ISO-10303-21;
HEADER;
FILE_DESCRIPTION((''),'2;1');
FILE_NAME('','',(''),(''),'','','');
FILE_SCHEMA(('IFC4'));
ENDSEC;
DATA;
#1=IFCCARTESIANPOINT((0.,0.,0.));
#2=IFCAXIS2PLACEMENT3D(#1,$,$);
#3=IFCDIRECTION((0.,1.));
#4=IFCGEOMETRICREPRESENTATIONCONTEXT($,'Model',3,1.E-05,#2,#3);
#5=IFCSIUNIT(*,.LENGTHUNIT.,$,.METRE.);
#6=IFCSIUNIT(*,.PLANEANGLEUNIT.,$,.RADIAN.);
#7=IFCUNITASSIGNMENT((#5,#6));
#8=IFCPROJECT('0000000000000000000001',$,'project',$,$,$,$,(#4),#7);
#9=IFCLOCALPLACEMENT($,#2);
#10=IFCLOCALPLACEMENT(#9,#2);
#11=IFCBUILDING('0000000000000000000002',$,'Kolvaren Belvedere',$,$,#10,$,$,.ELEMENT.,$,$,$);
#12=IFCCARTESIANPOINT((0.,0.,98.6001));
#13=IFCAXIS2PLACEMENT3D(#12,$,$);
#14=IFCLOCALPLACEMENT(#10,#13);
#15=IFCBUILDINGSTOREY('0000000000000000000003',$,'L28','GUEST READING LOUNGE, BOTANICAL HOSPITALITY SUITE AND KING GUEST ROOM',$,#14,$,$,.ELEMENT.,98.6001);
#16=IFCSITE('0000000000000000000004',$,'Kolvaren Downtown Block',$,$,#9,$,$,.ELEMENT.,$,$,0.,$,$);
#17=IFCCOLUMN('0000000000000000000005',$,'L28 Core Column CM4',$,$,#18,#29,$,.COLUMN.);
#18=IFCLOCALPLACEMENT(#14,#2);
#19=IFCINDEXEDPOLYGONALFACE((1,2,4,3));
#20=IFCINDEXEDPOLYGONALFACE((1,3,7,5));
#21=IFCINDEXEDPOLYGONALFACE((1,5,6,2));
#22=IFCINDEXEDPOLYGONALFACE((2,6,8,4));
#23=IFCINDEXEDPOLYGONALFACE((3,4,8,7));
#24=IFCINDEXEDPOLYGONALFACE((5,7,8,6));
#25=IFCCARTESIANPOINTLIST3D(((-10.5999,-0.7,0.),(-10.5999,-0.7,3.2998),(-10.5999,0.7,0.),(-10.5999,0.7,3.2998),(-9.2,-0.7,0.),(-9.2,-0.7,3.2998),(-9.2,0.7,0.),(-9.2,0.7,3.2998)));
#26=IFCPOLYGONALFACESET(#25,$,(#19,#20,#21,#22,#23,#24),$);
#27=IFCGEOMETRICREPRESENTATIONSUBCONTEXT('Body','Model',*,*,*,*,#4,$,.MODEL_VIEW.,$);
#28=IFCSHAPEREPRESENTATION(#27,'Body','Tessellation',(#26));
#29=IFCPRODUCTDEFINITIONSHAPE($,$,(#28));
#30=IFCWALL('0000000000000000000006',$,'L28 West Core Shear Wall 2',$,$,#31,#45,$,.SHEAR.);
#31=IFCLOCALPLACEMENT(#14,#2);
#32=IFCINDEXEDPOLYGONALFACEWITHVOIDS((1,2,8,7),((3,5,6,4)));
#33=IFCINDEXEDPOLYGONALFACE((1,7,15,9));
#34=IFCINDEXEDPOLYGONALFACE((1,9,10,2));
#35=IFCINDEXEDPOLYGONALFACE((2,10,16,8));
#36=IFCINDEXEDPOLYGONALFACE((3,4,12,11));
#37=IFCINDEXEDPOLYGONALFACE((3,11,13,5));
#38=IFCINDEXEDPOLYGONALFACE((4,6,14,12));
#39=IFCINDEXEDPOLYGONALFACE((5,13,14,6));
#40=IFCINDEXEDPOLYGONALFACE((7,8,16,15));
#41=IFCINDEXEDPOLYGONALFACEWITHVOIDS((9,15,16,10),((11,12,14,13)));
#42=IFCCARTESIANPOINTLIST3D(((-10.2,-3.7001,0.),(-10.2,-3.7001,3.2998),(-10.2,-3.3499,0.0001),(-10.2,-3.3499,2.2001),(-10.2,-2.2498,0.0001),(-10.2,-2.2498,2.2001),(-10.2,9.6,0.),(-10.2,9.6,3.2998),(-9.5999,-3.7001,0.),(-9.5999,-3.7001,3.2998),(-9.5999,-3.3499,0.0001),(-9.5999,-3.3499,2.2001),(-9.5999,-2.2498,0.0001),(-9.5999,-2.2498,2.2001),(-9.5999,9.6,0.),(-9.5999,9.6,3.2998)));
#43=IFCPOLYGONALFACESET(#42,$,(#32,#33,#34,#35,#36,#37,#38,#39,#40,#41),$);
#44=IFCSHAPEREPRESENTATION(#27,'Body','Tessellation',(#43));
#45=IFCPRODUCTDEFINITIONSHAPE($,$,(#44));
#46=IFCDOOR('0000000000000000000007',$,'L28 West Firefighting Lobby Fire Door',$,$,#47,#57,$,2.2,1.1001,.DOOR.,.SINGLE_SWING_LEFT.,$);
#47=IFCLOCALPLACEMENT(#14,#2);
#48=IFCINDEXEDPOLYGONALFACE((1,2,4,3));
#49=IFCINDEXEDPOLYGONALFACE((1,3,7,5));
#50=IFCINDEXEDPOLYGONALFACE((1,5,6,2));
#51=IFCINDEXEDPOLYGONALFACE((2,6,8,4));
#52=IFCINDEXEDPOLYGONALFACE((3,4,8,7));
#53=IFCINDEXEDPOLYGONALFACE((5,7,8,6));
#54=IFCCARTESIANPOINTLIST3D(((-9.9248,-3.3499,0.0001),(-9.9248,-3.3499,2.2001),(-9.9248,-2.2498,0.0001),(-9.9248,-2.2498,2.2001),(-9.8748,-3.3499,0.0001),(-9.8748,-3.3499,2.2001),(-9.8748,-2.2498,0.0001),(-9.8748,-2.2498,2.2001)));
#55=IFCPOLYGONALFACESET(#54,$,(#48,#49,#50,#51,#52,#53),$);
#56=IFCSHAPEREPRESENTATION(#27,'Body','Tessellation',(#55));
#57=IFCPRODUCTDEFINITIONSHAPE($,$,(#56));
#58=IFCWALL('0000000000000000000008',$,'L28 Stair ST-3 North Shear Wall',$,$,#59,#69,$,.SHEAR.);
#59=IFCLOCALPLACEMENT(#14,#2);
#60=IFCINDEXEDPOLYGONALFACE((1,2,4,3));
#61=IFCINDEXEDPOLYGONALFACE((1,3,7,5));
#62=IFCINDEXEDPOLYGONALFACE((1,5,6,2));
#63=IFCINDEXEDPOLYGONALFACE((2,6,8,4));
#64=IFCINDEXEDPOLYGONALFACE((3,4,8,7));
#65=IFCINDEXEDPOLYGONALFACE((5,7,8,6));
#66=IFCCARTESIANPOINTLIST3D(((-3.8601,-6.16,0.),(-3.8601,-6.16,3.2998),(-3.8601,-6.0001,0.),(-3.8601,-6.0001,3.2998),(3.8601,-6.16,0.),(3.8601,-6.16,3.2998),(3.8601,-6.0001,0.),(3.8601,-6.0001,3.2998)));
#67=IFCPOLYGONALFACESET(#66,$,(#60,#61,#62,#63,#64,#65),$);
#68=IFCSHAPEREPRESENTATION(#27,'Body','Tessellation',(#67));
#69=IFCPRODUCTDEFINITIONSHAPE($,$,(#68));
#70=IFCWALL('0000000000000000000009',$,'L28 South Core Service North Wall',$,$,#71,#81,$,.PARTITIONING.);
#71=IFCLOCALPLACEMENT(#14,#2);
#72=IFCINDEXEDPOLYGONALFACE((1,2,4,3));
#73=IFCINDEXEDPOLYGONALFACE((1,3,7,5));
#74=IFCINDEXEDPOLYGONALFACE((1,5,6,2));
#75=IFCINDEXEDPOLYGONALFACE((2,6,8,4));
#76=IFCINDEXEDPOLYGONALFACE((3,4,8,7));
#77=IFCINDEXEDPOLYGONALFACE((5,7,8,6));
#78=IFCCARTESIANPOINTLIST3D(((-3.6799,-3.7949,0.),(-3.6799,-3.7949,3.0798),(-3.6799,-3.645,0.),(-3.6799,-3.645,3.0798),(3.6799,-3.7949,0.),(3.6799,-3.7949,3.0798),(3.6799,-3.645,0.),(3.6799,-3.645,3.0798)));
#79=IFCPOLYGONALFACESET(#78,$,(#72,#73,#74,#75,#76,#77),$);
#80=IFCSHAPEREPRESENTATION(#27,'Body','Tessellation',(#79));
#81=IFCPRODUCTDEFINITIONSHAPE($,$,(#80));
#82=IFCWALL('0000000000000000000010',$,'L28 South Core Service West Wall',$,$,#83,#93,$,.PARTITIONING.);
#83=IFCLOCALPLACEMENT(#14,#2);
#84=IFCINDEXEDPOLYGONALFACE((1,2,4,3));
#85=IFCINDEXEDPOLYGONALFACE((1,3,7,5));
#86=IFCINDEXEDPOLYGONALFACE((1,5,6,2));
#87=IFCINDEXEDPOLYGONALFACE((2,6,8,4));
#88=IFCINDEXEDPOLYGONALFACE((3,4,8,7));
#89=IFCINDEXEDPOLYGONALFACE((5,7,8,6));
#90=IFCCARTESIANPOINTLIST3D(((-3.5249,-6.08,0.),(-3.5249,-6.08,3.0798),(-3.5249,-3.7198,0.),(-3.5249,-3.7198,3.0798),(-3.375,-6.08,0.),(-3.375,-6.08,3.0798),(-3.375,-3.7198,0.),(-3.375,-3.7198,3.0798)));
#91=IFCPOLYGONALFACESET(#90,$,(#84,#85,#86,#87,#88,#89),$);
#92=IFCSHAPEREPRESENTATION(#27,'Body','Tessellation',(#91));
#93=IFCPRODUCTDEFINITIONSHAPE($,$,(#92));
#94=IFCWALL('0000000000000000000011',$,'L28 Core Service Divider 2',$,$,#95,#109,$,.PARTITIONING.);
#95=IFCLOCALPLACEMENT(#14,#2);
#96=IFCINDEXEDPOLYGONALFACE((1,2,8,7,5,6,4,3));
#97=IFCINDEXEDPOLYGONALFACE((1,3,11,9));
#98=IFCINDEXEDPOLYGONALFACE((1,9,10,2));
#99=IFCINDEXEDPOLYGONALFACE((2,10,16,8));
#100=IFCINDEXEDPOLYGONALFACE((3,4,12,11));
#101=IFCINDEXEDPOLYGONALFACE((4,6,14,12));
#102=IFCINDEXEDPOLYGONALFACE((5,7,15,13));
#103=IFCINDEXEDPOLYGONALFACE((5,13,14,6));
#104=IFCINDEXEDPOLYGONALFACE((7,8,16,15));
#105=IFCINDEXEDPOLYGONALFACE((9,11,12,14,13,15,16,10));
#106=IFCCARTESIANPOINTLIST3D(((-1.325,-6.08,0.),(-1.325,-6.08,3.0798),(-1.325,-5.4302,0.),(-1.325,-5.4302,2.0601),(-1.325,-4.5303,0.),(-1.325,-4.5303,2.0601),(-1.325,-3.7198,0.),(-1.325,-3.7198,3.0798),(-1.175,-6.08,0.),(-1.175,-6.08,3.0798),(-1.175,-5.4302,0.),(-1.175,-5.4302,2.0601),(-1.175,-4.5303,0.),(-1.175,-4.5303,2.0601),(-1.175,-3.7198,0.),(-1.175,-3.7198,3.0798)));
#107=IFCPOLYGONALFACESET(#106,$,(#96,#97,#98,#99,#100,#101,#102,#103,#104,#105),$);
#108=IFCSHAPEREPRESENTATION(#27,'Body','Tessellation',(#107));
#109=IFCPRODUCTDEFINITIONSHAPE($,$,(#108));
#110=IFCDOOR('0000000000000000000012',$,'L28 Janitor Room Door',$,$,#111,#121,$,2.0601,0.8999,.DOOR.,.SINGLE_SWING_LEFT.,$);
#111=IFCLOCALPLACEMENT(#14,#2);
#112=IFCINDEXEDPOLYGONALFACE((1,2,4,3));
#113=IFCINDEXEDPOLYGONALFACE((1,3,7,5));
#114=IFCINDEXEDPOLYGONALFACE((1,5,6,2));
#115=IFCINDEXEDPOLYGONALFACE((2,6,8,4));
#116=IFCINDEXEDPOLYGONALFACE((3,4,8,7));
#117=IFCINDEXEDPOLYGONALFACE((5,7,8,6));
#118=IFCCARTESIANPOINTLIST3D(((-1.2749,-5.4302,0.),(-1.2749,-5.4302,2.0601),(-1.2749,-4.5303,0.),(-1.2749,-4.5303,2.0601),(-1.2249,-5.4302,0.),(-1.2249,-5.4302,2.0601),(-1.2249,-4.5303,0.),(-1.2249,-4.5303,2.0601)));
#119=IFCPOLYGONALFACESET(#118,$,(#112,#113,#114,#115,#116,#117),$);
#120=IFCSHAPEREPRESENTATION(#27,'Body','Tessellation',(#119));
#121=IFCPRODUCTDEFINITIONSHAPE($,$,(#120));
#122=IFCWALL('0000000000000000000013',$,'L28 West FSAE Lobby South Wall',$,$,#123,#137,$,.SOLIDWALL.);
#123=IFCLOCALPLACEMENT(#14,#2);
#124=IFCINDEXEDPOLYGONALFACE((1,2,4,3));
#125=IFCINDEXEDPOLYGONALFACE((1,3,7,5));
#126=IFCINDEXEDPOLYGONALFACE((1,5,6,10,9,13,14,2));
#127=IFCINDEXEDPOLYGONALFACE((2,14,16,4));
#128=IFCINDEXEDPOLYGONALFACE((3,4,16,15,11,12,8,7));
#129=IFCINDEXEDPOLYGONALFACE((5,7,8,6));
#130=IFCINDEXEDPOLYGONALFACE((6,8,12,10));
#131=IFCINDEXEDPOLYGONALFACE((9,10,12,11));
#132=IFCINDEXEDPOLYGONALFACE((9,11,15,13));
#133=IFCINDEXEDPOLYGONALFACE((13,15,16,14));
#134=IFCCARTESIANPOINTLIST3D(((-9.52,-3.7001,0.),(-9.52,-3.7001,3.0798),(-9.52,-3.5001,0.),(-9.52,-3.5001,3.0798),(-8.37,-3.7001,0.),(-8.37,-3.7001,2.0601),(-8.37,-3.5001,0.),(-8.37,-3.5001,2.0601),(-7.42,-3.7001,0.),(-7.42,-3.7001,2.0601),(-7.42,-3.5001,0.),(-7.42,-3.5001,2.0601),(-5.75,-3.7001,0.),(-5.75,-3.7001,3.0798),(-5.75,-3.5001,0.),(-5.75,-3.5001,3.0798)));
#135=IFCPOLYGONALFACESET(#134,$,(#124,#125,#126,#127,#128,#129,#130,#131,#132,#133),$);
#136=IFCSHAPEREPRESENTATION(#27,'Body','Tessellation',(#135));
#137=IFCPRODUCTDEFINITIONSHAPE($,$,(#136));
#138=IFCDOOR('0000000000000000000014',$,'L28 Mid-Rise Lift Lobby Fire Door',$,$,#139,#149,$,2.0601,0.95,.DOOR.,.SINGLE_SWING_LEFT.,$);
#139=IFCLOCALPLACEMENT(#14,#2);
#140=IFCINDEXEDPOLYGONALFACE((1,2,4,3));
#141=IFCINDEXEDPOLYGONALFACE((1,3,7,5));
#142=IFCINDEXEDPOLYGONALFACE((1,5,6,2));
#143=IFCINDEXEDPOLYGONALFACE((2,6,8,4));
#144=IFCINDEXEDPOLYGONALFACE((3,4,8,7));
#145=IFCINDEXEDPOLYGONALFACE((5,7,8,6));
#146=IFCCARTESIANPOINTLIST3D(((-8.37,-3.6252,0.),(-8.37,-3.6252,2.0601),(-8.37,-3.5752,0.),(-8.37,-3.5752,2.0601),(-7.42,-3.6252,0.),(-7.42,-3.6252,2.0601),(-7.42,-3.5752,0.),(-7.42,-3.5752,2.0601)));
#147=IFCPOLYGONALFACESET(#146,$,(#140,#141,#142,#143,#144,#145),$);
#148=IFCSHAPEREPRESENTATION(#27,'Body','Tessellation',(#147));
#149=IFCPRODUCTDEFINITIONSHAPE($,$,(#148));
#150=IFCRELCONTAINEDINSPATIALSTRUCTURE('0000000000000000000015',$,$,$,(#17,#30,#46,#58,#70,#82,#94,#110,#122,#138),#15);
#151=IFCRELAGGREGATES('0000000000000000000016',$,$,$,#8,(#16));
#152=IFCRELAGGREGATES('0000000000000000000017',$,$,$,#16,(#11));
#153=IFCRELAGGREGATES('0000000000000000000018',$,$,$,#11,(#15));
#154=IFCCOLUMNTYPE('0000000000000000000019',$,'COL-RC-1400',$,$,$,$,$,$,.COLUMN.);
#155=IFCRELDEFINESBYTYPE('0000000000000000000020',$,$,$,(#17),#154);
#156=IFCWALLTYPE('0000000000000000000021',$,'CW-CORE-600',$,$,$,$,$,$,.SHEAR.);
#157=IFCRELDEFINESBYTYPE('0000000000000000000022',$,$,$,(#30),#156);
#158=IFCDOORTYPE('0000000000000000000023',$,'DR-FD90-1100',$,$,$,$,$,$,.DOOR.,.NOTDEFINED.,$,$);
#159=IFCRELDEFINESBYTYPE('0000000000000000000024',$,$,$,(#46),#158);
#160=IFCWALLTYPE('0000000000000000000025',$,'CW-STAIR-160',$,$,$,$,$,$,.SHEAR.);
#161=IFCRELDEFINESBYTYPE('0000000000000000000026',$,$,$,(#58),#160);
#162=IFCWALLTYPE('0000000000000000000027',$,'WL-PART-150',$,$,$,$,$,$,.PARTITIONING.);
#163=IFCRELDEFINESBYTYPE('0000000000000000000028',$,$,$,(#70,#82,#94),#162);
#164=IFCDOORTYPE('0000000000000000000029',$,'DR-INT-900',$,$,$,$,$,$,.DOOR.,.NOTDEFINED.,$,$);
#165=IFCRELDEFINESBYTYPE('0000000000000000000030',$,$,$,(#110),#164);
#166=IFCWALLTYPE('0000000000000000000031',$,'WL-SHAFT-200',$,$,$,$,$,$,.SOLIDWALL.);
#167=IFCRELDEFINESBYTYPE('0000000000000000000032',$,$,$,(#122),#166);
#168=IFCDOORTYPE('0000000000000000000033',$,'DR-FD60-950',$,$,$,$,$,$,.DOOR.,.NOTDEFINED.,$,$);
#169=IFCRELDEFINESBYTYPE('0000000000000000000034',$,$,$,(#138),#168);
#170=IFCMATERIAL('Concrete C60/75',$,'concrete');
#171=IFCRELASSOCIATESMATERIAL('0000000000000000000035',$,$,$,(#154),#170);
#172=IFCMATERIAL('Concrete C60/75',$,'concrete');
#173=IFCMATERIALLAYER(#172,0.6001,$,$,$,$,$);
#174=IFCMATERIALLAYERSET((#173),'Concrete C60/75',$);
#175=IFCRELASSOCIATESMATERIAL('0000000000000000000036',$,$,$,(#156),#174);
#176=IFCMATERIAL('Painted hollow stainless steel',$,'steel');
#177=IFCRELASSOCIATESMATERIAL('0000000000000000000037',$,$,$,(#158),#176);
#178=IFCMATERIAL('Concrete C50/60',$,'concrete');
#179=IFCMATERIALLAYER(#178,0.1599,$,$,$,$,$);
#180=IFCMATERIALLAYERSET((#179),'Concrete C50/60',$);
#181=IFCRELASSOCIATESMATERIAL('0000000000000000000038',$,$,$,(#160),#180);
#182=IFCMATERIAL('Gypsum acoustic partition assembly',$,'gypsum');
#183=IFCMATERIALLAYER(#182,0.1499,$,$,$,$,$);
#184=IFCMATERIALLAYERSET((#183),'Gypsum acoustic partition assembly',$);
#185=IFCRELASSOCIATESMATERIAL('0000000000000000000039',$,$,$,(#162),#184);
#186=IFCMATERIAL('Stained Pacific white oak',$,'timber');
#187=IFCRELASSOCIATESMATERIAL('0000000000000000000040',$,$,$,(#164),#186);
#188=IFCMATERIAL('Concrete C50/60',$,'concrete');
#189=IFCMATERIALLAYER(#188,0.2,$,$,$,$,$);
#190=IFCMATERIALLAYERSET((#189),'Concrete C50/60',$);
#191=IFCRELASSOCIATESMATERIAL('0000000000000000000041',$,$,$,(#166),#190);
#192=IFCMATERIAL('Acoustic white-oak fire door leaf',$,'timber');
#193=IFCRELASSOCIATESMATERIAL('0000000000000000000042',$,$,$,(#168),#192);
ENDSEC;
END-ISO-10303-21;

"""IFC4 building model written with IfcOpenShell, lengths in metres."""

from ifc_helpers import new_model, si_unit, direction, frame, frame_2d, origin, origin_2d, place, context, subcontext, project, spatial, rectangle, extrude, material, layer, layer_set, material_profile, profile_set, type_object, element, fill, save


model = new_model("IFC4")

# Units and contexts
model_context = context("Model", 3, precision=1e-05, world=origin(), true_north=direction((0.0, 1.0)))
body_context = subcontext(model_context, "Body", "Model", "MODEL_VIEW")
ifc_project = project(units=[si_unit("LENGTHUNIT", "METRE"), si_unit("PLANEANGLEUNIT", "RADIAN")], contexts=[model_context])

# Site, building, storey
site_placement = place(None, origin())
site = spatial("IfcSite", under=ifc_project, at=site_placement, Name="Kolvaren Downtown Block", CompositionType="ELEMENT", RefElevation=0.0)
building_placement = place(site_placement, origin())
building = spatial("IfcBuilding", under=site, at=building_placement, Name="Kolvaren Belvedere", CompositionType="ELEMENT")
storey_placement = place(building_placement, frame((0.0, 0.0, 98.6001)))
storey = spatial("IfcBuildingStorey", under=building, at=storey_placement, Name="L28", Description="GUEST READING LOUNGE, BOTANICAL HOSPITALITY SUITE AND KING GUEST ROOM", CompositionType="ELEMENT", Elevation=98.6001)

# Column
ifc_material_1 = material(Name="Concrete C60/75", Category="concrete")
ifc_material_profile = material_profile(ifc_material_1, rectangle(XDim=1.3999, YDim=1.3999, at=origin_2d()), Name="RC 1400X1400")
ifc_profile_set = profile_set([ifc_material_profile], Name="Concrete C60/75")
column_type = type_object("IfcColumnType", Name="COL-RC-1400", PredefinedType="COLUMN", material=ifc_profile_set)
column_placement = place(storey_placement, frame((-9.8999, 0.0, 0.0), z_axis=(0.0, 0.0, 1.0), x_axis=(1.0, 0.0, 0.0)))
element("IfcColumn", 1, at=column_placement, inside=storey, type_object=column_type, Name="L28 Core Column CM4", PredefinedType="COLUMN", context=body_context, shape_type="SweptSolid", body=[
    extrude(rectangle(XDim=1.3999, YDim=1.3999, at=origin_2d()), origin(), (0.0, 0.0, 1.0), 3.2998),
])

# Wall, opening, door
ifc_material_2 = material(Name="Concrete C60/75", Category="concrete")
ifc_layer_1 = layer(ifc_material_2, 0.6001)
ifc_layer_set_1 = layer_set([ifc_layer_1], Name="Concrete C60/75")
wall_type_1 = type_object("IfcWallType", Name="CW-CORE-600", PredefinedType="SHEAR", material=ifc_layer_set_1)
wall_1_placement = place(storey_placement, frame((-9.8999, -3.7, 0.0), z_axis=(0.0, 0.0, 1.0), x_axis=(0.0, 1.0, 0.0)))
wall_1 = element("IfcWall", 2, at=wall_1_placement, inside=storey, type_object=wall_type_1, Name="L28 West Core Shear Wall 2", PredefinedType="SHEAR", context=body_context, shape_type="SweptSolid", body=[
    extrude(rectangle(XDim=13.3, YDim=0.6001, at=frame_2d((6.6499, 0.0))), origin(), (0.0, 0.0, 1.0), 3.2998),
])
opening_1_placement = place(wall_1_placement, frame((0.3501, 0.0, 0.0)))
opening_1 = element("IfcOpeningElement", 3, at=opening_1_placement, cuts=wall_1, PredefinedType="OPENING", context=body_context, shape_type="SweptSolid", body=[
    extrude(rectangle(XDim=1.1001, YDim=2.2, at=frame_2d((0.55, 1.1001))), frame((0.0, 0.3101, 0.0), z_axis=(0.0, -1.0, 0.0), x_axis=(1.0, 0.0, 0.0)), (0.0, 0.0, 1.0), 0.6201),
])
ifc_material_3 = material(Name="Painted hollow stainless steel", Category="steel")
door_type_1 = type_object("IfcDoorType", Name="DR-FD90-1100", OperationType="NOTDEFINED", PredefinedType="DOOR", material=ifc_material_3)
door_1_placement = place(opening_1_placement, origin())
door_1 = element("IfcDoor", 4, at=door_1_placement, inside=storey, type_object=door_type_1, Name="L28 West Firefighting Lobby Fire Door", OperationType="SINGLE_SWING_LEFT", OverallHeight=2.2, OverallWidth=1.1001, PredefinedType="DOOR", context=body_context, shape_type="SweptSolid", body=[
    extrude(rectangle(XDim=1.1001, YDim=2.2, at=frame_2d((0.55, 1.1001))), frame((0.0, 0.0249, 0.0), z_axis=(0.0, -1.0, 0.0), x_axis=(1.0, 0.0, 0.0)), (0.0, 0.0, 1.0), 0.05),
])
fill(opening_1, door_1)

# Walls
ifc_material_4 = material(Name="Concrete C50/60", Category="concrete")
ifc_layer_2 = layer(ifc_material_4, 0.1599)
ifc_layer_set_2 = layer_set([ifc_layer_2], Name="Concrete C50/60")
wall_type_2 = type_object("IfcWallType", Name="CW-STAIR-160", PredefinedType="SHEAR", material=ifc_layer_set_2)
wall_2_placement = place(storey_placement, frame((-3.8601, -6.0801, 0.0), z_axis=(0.0, 0.0, 1.0), x_axis=(1.0, 0.0, 0.0)))
element("IfcWall", 5, at=wall_2_placement, inside=storey, type_object=wall_type_2, Name="L28 Stair ST-3 North Shear Wall", PredefinedType="SHEAR", context=body_context, shape_type="SweptSolid", body=[
    extrude(rectangle(XDim=7.7202, YDim=0.1599, at=frame_2d((3.8601, 0.0))), origin(), (0.0, 0.0, 1.0), 3.2998),
])
ifc_material_5 = material(Name="Gypsum acoustic partition assembly", Category="gypsum")
ifc_layer_3 = layer(ifc_material_5, 0.1499)
ifc_layer_set_3 = layer_set([ifc_layer_3], Name="Gypsum acoustic partition assembly")
wall_type_3 = type_object("IfcWallType", Name="WL-PART-150", PredefinedType="PARTITIONING", material=ifc_layer_set_3)
wall_3_placement = place(storey_placement, frame((-3.6799, -3.72, 0.0), z_axis=(0.0, 0.0, 1.0), x_axis=(1.0, 0.0, 0.0)))
element("IfcWall", 6, at=wall_3_placement, inside=storey, type_object=wall_type_3, Name="L28 South Core Service North Wall", PredefinedType="PARTITIONING", context=body_context, shape_type="SweptSolid", body=[
    extrude(rectangle(XDim=7.3599, YDim=0.1499, at=frame_2d((3.6799, 0.0))), origin(), (0.0, 0.0, 1.0), 3.0798),
])
wall_4_placement = place(storey_placement, frame((-3.45, -6.0801, 0.0), z_axis=(0.0, 0.0, 1.0), x_axis=(0.0, 1.0, 0.0)))
element("IfcWall", 7, at=wall_4_placement, inside=storey, type_object=wall_type_3, Name="L28 South Core Service West Wall", PredefinedType="PARTITIONING", context=body_context, shape_type="SweptSolid", body=[
    extrude(rectangle(XDim=2.3601, YDim=0.1499, at=frame_2d((1.1802, 0.0))), origin(), (0.0, 0.0, 1.0), 3.0798),
])

# Walls, openings, doors
wall_5_placement = place(storey_placement, frame((-1.25, -6.0801, 0.0), z_axis=(0.0, 0.0, 1.0), x_axis=(0.0, 1.0, 0.0)))
wall_5 = element("IfcWall", 8, at=wall_5_placement, inside=storey, type_object=wall_type_3, Name="L28 Core Service Divider 2", PredefinedType="PARTITIONING", context=body_context, shape_type="SweptSolid", body=[
    extrude(rectangle(XDim=2.3601, YDim=0.1499, at=frame_2d((1.1802, 0.0))), origin(), (0.0, 0.0, 1.0), 3.0798),
])
opening_2_placement = place(wall_5_placement, frame((0.6499, 0.0, 0.0)))
opening_2 = element("IfcOpeningElement", 9, at=opening_2_placement, cuts=wall_5, PredefinedType="OPENING", context=body_context, shape_type="SweptSolid", body=[
    extrude(rectangle(XDim=0.8999, YDim=2.0601, at=frame_2d((0.45, 1.03))), frame((0.0, 0.085, 0.0), z_axis=(0.0, -1.0, 0.0), x_axis=(1.0, 0.0, 0.0)), (0.0, 0.0, 1.0), 0.1699),
])
ifc_material_6 = material(Name="Stained Pacific white oak", Category="timber")
door_type_2 = type_object("IfcDoorType", Name="DR-INT-900", OperationType="NOTDEFINED", PredefinedType="DOOR", material=ifc_material_6)
door_2_placement = place(opening_2_placement, origin())
door_2 = element("IfcDoor", 10, at=door_2_placement, inside=storey, type_object=door_type_2, Name="L28 Janitor Room Door", OperationType="SINGLE_SWING_LEFT", OverallHeight=2.0601, OverallWidth=0.8999, PredefinedType="DOOR", context=body_context, shape_type="SweptSolid", body=[
    extrude(rectangle(XDim=0.8999, YDim=2.0601, at=frame_2d((0.45, 1.03))), frame((0.0, 0.0249, 0.0), z_axis=(0.0, -1.0, 0.0), x_axis=(1.0, 0.0, 0.0)), (0.0, 0.0, 1.0), 0.05),
])
fill(opening_2, door_2)
ifc_material_7 = material(Name="Concrete C50/60", Category="concrete")
ifc_layer_4 = layer(ifc_material_7, 0.2)
ifc_layer_set_4 = layer_set([ifc_layer_4], Name="Concrete C50/60")
wall_type_4 = type_object("IfcWallType", Name="WL-SHAFT-200", PredefinedType="SOLIDWALL", material=ifc_layer_set_4)
wall_6_placement = place(storey_placement, frame((-9.52, -3.6001, 0.0), z_axis=(0.0, 0.0, 1.0), x_axis=(1.0, 0.0, 0.0)))
wall_6 = element("IfcWall", 11, at=wall_6_placement, inside=storey, type_object=wall_type_4, Name="L28 West FSAE Lobby South Wall", PredefinedType="SOLIDWALL", context=body_context, shape_type="SweptSolid", body=[
    extrude(rectangle(XDim=3.77, YDim=0.2, at=frame_2d((1.885, 0.0))), origin(), (0.0, 0.0, 1.0), 3.0798),
])
opening_3_placement = place(wall_6_placement, frame((1.1499, 0.0, 0.0)))
opening_3 = element("IfcOpeningElement", 12, at=opening_3_placement, cuts=wall_6, PredefinedType="OPENING", context=body_context, shape_type="SweptSolid", body=[
    extrude(rectangle(XDim=0.95, YDim=2.0601, at=frame_2d((0.4751, 1.03))), frame((0.0, 0.1099, 0.0), z_axis=(0.0, -1.0, 0.0), x_axis=(1.0, 0.0, 0.0)), (0.0, 0.0, 1.0), 0.22),
])
ifc_material_8 = material(Name="Acoustic white-oak fire door leaf", Category="timber")
door_type_3 = type_object("IfcDoorType", Name="DR-FD60-950", OperationType="NOTDEFINED", PredefinedType="DOOR", material=ifc_material_8)
door_3_placement = place(opening_3_placement, origin())
door_3 = element("IfcDoor", 13, at=door_3_placement, inside=storey, type_object=door_type_3, Name="L28 Mid-Rise Lift Lobby Fire Door", OperationType="SINGLE_SWING_LEFT", OverallHeight=2.0601, OverallWidth=0.95, PredefinedType="DOOR", context=body_context, shape_type="SweptSolid", body=[
    extrude(rectangle(XDim=0.95, YDim=2.0601, at=frame_2d((0.4751, 1.03))), frame((0.0, 0.0249, 0.0), z_axis=(0.0, -1.0, 0.0), x_axis=(1.0, 0.0, 0.0)), (0.0, 0.0, 1.0), 0.05),
])
fill(opening_3, door_3)

save(model, "model.ifc")
